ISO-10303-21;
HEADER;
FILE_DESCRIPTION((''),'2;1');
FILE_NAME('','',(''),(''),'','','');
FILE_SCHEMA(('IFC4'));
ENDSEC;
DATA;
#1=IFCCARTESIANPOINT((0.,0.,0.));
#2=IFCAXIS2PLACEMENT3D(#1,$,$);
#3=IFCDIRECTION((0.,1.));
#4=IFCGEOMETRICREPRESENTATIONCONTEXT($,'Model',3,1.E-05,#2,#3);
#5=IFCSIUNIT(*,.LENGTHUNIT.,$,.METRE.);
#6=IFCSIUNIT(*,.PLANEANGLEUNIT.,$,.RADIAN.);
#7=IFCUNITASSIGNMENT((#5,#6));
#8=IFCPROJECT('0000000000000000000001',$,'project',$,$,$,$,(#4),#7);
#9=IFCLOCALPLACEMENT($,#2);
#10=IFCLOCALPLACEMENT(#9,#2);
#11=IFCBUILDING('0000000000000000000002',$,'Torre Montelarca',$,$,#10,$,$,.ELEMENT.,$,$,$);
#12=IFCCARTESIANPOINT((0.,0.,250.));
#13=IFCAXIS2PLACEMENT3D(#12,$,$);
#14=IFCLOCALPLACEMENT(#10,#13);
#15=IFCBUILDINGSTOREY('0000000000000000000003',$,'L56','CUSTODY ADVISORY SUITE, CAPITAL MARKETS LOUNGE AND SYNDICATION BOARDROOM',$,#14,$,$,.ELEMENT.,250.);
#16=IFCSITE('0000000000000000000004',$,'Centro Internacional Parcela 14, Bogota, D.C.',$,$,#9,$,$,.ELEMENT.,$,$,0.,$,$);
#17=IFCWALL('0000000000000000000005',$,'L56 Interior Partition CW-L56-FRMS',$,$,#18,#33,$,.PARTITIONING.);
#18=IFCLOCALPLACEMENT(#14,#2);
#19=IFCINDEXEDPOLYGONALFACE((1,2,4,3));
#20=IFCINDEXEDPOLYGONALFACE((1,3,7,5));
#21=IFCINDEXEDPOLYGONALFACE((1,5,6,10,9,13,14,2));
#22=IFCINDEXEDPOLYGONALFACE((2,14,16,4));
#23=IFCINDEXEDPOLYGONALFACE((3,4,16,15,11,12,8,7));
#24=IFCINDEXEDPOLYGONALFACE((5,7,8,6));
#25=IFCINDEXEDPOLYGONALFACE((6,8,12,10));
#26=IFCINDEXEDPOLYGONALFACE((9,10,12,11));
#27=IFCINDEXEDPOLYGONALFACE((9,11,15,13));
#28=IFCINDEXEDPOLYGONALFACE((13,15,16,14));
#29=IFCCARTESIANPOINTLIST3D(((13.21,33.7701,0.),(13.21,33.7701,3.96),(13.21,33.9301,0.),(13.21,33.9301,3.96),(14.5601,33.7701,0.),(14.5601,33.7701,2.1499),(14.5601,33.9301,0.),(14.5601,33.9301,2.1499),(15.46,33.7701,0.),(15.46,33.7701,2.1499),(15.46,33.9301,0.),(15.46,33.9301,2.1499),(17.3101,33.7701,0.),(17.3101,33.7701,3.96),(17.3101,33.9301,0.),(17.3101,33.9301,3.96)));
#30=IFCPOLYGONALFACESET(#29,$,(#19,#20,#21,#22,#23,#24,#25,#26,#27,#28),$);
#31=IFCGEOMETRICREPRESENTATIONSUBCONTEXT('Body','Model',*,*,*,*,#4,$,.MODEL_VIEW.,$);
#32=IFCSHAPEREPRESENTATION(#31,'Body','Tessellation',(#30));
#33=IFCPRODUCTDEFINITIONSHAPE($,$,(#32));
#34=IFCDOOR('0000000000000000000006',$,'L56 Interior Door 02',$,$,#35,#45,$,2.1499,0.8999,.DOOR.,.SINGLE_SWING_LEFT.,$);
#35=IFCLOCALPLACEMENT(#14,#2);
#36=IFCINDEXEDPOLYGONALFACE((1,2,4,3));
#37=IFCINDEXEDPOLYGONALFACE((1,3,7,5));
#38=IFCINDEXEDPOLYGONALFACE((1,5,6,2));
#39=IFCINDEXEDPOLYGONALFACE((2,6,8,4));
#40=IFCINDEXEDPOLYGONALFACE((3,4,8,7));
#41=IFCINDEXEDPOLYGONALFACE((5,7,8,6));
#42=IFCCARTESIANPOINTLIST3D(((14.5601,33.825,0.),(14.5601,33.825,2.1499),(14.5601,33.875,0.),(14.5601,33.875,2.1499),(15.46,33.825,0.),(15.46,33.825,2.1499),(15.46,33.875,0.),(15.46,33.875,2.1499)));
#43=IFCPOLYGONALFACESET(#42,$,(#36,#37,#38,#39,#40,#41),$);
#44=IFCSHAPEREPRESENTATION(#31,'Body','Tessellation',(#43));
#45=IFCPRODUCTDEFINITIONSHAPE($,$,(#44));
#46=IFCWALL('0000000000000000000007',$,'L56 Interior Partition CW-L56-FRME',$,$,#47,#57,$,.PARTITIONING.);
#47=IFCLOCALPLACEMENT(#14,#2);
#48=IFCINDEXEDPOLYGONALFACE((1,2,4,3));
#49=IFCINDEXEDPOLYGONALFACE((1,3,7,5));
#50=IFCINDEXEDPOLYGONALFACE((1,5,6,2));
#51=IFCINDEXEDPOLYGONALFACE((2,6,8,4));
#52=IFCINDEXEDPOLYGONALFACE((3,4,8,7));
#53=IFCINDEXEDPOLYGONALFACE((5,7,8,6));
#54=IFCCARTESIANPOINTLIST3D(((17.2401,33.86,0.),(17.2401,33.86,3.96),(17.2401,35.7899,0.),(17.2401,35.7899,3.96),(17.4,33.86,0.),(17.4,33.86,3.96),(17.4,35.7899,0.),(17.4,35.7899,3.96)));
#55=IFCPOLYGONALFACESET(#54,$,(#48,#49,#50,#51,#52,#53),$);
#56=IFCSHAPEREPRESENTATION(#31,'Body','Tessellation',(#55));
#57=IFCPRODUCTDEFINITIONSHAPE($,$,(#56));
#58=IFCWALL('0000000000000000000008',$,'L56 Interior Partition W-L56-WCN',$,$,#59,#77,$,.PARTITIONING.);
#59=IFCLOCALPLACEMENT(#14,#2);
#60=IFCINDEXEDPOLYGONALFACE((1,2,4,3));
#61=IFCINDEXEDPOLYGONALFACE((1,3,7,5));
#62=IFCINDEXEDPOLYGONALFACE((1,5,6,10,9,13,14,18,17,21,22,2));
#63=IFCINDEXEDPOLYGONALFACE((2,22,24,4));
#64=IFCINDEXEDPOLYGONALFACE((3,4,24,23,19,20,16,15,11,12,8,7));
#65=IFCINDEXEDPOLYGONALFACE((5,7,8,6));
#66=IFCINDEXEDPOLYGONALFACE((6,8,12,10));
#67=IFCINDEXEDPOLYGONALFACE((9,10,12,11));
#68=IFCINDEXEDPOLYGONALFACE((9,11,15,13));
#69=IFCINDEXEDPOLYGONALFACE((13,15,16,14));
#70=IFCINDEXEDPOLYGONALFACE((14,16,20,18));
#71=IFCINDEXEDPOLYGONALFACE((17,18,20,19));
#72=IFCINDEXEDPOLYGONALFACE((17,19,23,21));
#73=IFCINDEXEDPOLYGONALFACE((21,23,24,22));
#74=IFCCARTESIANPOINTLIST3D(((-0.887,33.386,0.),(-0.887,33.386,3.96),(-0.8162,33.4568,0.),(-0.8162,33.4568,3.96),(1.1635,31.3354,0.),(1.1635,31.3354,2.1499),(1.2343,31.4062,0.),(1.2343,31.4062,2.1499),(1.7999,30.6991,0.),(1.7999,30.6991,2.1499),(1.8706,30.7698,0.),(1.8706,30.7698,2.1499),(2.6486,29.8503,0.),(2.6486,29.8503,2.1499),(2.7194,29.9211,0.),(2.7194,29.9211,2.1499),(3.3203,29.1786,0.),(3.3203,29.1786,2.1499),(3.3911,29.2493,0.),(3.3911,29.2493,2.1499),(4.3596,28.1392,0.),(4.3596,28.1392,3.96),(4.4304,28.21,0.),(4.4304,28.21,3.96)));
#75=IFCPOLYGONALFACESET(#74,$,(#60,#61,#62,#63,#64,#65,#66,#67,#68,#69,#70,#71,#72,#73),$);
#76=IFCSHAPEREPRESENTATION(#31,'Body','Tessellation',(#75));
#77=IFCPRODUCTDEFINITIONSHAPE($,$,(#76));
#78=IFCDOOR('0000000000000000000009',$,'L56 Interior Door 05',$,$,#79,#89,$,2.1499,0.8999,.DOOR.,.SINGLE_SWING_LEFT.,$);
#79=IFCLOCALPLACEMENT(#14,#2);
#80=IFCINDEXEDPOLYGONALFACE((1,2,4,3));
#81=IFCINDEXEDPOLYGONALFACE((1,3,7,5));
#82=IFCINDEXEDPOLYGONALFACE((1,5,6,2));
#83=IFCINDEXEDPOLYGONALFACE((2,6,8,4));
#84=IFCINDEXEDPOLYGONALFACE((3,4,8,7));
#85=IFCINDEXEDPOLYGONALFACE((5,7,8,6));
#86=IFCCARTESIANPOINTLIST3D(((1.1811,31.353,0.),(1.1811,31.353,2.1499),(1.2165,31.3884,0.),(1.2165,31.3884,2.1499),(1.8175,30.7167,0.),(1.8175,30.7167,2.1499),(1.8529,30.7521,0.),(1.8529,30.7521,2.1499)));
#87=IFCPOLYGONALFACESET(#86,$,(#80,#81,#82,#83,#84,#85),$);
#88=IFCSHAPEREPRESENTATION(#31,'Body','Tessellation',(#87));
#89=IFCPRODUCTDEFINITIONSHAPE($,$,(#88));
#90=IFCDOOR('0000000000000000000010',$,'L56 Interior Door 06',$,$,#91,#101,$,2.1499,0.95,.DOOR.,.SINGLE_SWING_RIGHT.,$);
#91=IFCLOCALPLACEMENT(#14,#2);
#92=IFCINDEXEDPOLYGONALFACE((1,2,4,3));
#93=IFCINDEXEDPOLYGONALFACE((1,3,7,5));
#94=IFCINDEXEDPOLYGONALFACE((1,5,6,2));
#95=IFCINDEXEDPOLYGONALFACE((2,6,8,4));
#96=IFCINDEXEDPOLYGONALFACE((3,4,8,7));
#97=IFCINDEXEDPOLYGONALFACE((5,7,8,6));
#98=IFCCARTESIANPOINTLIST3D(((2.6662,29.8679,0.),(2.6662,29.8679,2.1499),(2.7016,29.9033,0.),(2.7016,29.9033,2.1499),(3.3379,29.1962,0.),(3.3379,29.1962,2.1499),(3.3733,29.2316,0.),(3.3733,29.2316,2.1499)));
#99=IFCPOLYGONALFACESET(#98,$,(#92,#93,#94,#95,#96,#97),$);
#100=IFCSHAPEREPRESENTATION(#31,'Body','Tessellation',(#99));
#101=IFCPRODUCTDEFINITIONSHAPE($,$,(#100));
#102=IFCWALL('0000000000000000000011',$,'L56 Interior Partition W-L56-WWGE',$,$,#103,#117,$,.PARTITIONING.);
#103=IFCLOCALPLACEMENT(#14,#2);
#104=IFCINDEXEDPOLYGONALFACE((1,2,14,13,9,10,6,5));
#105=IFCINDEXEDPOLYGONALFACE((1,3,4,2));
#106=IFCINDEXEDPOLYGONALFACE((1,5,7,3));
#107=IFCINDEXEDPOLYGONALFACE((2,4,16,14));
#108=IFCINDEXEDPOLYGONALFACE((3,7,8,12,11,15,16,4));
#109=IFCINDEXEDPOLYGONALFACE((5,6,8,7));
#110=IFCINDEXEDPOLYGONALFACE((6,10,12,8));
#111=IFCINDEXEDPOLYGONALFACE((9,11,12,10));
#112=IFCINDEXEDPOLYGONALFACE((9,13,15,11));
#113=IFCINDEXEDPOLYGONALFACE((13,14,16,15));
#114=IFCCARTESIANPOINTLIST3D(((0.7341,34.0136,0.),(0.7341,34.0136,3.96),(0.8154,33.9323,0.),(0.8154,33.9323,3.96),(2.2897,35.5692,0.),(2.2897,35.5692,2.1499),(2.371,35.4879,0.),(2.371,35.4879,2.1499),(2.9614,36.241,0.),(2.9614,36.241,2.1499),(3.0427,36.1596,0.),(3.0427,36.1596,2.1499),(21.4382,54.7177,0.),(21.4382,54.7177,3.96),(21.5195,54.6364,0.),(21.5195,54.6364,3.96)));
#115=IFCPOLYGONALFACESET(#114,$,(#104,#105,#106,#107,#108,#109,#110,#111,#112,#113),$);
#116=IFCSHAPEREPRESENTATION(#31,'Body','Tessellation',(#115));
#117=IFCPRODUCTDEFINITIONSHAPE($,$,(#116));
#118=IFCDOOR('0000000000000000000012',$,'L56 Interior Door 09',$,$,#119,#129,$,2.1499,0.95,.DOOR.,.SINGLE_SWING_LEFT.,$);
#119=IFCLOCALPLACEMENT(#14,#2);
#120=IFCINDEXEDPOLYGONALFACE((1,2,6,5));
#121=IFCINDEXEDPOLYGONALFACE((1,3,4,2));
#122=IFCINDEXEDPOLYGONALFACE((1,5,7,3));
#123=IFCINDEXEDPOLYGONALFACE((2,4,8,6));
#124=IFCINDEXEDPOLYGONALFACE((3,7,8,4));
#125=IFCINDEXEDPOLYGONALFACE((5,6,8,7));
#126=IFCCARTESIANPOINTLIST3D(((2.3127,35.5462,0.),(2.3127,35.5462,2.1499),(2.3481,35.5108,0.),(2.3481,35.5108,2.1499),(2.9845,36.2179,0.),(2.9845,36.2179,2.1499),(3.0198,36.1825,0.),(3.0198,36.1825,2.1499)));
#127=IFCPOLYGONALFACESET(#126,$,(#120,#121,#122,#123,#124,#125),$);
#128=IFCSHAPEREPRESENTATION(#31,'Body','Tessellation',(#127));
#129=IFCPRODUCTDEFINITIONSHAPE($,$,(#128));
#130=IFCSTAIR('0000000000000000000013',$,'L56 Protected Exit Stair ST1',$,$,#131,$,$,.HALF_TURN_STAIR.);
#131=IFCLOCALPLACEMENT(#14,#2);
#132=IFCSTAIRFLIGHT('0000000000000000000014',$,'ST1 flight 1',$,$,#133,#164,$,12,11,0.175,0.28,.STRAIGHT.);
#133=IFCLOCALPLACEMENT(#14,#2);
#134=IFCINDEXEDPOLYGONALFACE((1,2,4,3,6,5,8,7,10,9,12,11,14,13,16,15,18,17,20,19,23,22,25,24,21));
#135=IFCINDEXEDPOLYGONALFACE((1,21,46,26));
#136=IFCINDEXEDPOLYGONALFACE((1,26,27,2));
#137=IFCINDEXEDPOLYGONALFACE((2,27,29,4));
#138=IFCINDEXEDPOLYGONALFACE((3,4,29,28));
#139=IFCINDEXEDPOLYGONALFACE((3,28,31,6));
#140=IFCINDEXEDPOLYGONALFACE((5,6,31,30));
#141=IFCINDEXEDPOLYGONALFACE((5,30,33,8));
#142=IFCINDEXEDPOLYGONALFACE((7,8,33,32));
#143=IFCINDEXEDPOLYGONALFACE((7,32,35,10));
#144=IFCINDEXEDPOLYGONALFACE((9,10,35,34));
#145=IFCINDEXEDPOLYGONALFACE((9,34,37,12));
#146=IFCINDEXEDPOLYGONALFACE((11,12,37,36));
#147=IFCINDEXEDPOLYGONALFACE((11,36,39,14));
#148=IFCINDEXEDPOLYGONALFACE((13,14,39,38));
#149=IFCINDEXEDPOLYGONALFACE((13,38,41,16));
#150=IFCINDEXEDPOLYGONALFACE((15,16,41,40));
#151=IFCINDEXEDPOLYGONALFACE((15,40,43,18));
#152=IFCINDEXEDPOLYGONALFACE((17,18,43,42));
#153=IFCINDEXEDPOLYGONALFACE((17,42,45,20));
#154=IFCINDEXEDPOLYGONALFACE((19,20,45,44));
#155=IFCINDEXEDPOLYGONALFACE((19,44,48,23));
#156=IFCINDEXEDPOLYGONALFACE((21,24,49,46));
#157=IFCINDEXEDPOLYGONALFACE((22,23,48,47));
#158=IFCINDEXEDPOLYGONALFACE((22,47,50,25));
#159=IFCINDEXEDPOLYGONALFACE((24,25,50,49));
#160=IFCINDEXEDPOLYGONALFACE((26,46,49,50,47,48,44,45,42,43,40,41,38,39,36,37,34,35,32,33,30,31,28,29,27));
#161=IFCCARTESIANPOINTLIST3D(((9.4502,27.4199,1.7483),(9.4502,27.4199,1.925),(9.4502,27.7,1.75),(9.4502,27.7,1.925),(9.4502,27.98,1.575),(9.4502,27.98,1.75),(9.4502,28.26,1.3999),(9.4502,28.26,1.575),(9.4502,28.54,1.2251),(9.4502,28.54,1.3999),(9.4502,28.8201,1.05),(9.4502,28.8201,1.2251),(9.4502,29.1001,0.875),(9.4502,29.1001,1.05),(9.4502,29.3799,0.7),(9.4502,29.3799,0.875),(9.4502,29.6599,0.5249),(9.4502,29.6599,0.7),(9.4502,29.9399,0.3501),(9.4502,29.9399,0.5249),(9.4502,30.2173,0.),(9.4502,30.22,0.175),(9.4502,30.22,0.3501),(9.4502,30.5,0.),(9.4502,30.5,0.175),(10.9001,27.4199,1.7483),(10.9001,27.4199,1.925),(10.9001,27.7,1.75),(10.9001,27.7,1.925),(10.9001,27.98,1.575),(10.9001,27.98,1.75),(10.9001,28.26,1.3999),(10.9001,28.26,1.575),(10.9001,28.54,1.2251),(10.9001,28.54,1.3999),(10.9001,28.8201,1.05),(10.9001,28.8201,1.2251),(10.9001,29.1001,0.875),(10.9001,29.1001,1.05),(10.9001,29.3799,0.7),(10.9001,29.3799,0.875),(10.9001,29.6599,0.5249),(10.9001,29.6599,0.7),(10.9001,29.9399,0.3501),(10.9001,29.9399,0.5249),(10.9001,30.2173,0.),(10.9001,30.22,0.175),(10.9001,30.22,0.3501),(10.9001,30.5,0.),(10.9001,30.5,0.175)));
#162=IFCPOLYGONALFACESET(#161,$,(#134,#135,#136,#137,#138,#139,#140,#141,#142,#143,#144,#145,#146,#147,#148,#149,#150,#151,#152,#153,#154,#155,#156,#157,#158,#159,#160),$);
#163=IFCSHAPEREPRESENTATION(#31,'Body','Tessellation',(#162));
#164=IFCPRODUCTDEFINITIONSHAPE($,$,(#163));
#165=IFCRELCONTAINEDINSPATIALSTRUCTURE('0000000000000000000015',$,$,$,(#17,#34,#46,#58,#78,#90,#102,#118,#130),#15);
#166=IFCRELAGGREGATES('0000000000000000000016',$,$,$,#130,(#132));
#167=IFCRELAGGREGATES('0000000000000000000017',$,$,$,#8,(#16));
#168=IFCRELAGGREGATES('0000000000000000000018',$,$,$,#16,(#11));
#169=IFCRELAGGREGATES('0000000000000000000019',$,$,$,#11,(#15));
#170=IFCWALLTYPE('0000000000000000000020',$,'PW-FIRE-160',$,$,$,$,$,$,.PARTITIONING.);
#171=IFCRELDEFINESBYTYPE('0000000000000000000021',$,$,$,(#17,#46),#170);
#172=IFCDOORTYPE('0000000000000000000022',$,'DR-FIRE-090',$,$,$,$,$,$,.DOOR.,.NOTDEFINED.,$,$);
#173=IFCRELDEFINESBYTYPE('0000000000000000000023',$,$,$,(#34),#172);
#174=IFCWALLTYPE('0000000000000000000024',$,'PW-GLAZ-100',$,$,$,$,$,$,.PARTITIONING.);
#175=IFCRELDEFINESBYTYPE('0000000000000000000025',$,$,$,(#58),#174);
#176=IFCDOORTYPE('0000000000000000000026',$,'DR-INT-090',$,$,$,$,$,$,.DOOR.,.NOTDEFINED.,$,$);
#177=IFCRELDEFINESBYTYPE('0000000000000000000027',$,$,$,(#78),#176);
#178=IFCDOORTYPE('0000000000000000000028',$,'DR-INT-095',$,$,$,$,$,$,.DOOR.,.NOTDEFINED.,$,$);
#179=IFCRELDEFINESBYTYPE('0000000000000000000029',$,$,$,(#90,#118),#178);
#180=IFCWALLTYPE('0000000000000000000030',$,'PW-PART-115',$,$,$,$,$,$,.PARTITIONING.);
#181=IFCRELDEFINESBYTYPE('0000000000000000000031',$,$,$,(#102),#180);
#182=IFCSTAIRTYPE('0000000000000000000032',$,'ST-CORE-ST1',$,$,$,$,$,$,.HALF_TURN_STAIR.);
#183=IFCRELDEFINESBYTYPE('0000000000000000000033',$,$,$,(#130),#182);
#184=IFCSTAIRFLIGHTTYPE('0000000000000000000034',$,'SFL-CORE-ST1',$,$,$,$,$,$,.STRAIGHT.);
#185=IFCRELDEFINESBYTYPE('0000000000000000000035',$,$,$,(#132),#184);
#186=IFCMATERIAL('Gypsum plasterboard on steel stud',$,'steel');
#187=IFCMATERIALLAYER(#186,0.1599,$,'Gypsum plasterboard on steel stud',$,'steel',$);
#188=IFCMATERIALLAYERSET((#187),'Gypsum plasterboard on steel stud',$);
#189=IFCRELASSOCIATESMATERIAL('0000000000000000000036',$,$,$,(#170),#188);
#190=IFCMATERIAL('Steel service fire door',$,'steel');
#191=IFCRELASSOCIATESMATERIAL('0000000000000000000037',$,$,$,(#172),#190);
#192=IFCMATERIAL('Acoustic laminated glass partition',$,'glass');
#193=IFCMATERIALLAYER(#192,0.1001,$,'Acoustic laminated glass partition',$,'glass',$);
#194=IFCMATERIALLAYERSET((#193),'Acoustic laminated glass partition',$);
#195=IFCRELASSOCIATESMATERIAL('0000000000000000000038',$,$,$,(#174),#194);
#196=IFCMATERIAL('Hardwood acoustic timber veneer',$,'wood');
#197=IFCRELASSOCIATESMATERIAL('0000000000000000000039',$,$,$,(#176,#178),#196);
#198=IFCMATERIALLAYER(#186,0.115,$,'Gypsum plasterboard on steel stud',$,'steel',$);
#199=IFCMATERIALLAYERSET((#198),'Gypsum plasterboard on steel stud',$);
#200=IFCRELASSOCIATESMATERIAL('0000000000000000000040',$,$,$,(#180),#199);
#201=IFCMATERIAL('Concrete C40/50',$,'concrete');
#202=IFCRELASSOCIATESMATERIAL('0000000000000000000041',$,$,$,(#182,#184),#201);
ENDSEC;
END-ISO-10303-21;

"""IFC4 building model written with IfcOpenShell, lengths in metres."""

from ifc_helpers import new_model, si_unit, direction, frame, frame_2d, origin, place, context, subcontext, project, spatial, polyline, rectangle, outline, extrude, source, transform, mapped, material, layer, layer_set, type_object, element, fill, aggregate, save


model = new_model("IFC4")

# Units and contexts
model_context = context("Model", 3, precision=1e-05, world=origin(), true_north=direction((0.0, 1.0)))
body_context = subcontext(model_context, "Body", "Model", "MODEL_VIEW")
ifc_project = project(units=[si_unit("LENGTHUNIT", "METRE"), si_unit("PLANEANGLEUNIT", "RADIAN")], contexts=[model_context])

# Site, building, storey
site_placement = place(None, origin())
site = spatial("IfcSite", under=ifc_project, at=site_placement, Name="Centro Internacional Parcela 14, Bogota, D.C.", CompositionType="ELEMENT", RefElevation=0.0)
building_placement = place(site_placement, origin())
building = spatial("IfcBuilding", under=site, at=building_placement, Name="Torre Montelarca", CompositionType="ELEMENT")
storey_placement = place(building_placement, frame((0.0, 0.0, 250.0)))
storey = spatial("IfcBuildingStorey", under=building, at=storey_placement, Name="L56", Description="CUSTODY ADVISORY SUITE, CAPITAL MARKETS LOUNGE AND SYNDICATION BOARDROOM", CompositionType="ELEMENT", Elevation=250.0)

# Shared definitions
ifc_material_1 = material(Name="Concrete C40/50", Category="concrete")

# Shared definitions
ifc_material_2 = material(Name="Gypsum plasterboard on steel stud", Category="steel")
ifc_layer_1 = layer(ifc_material_2, 0.1599, Name="Gypsum plasterboard on steel stud", Category="steel")
ifc_layer_set_1 = layer_set([ifc_layer_1], Name="Gypsum plasterboard on steel stud")
wall_type_1 = type_object("IfcWallType", Name="PW-FIRE-160", PredefinedType="PARTITIONING", material=ifc_layer_set_1)
ifc_material_3 = material(Name="Steel service fire door", Category="steel")
door_type_1 = type_object("IfcDoorType", Name="DR-FIRE-090", OperationType="NOTDEFINED", PredefinedType="DOOR", material=ifc_material_3)
shared_shape_1 = source(origin(), body_context, "Body", "SweptSolid", [
    extrude(rectangle(XDim=0.8999, YDim=2.1499, at=frame_2d((0.45, 1.075))), frame((0.0, 0.0249, 0.0), z_axis=(0.0, -1.0, 0.0), x_axis=(1.0, 0.0, 0.0)), (0.0, 0.0, 1.0), 0.05),
])

# Wall, opening, door
wall_1_placement = place(storey_placement, frame((13.21, 33.8501, 0.0), z_axis=(0.0, 0.0, 1.0), x_axis=(1.0, 0.0, 0.0)))
wall_1 = element("IfcWall", 1, at=wall_1_placement, inside=storey, type_object=wall_type_1, Name="L56 Interior Partition CW-L56-FRMS", PredefinedType="PARTITIONING", context=body_context, shape_type="SweptSolid", body=[
    extrude(rectangle(XDim=4.1001, YDim=0.1599, at=frame_2d((2.05, 0.0))), origin(), (0.0, 0.0, 1.0), 3.96),
])
opening_1_placement = place(wall_1_placement, frame((1.3501, 0.0, 0.0)))
opening_1 = element("IfcOpeningElement", 2, at=opening_1_placement, cuts=wall_1, PredefinedType="OPENING", context=body_context, shape_type="SweptSolid", body=[
    extrude(rectangle(XDim=0.8999, YDim=2.1499, at=frame_2d((0.45, 1.075))), frame((0.0, 0.0898, 0.0), z_axis=(0.0, -1.0, 0.0), x_axis=(1.0, 0.0, 0.0)), (0.0, 0.0, 1.0), 0.1799),
])
door_1_placement = place(opening_1_placement, origin())
door_1 = element("IfcDoor", 3, at=door_1_placement, inside=storey, type_object=door_type_1, Name="L56 Interior Door 02", OperationType="SINGLE_SWING_LEFT", OverallHeight=2.1499, OverallWidth=0.8999, PredefinedType="DOOR", context=body_context, shape_type="MappedRepresentation", body=[
    mapped(shared_shape_1, transform((0.0, 0.0, 0.0), scale=1.0)),
])
fill(opening_1, door_1)

# Wall
wall_2_placement = place(storey_placement, frame((17.3201, 33.8601, 0.0), z_axis=(0.0, 0.0, 1.0), x_axis=(0.0, 1.0, 0.0)))
element("IfcWall", 4, at=wall_2_placement, inside=storey, type_object=wall_type_1, Name="L56 Interior Partition CW-L56-FRME", PredefinedType="PARTITIONING", context=body_context, shape_type="SweptSolid", body=[
    extrude(rectangle(XDim=1.9299, YDim=0.1599, at=frame_2d((0.9648, 0.0))), origin(), (0.0, 0.0, 1.0), 3.96),
])

# Wall, openings, doors
ifc_material_4 = material(Name="Acoustic laminated glass partition", Category="glass")
ifc_layer_2 = layer(ifc_material_4, 0.1001, Name="Acoustic laminated glass partition", Category="glass")
ifc_layer_set_2 = layer_set([ifc_layer_2], Name="Acoustic laminated glass partition")
wall_type_2 = type_object("IfcWallType", Name="PW-GLAZ-100", PredefinedType="PARTITIONING", material=ifc_layer_set_2)
wall_3_placement = place(storey_placement, frame((-0.8516, 33.4214, 0.0), z_axis=(0.0, 0.0, 1.0), x_axis=(0.70709, -0.707123, 0.0)))
wall_3 = element("IfcWall", 5, at=wall_3_placement, inside=storey, type_object=wall_type_2, Name="L56 Interior Partition W-L56-WCN", PredefinedType="PARTITIONING", context=body_context, shape_type="SweptSolid", body=[
    extrude(rectangle(XDim=7.4199, YDim=0.1001, at=frame_2d((3.71, 0.0))), origin(), (0.0, 0.0, 1.0), 3.96),
])
opening_2_placement = place(wall_3_placement, frame((2.8999, 0.0, 0.0)))
opening_2 = element("IfcOpeningElement", 6, at=opening_2_placement, cuts=wall_3, PredefinedType="OPENING", context=body_context, shape_type="SweptSolid", body=[
    extrude(rectangle(XDim=0.8999, YDim=2.1499, at=frame_2d((0.45, 1.075))), frame((0.0, 0.0601, 0.0), z_axis=(0.0, -1.0, 0.0), x_axis=(1.0, 0.0, 0.0)), (0.0, 0.0, 1.0), 0.1201),
])
opening_3_placement = place(wall_3_placement, frame((5.0, 0.0, 0.0)))
opening_3 = element("IfcOpeningElement", 7, at=opening_3_placement, cuts=wall_3, PredefinedType="OPENING", context=body_context, shape_type="SweptSolid", body=[
    extrude(rectangle(XDim=0.95, YDim=2.1499, at=frame_2d((0.4751, 1.075))), frame((0.0, 0.0601, 0.0), z_axis=(0.0, -1.0, 0.0), x_axis=(1.0, 0.0, 0.0)), (0.0, 0.0, 1.0), 0.1201),
])
ifc_material_5 = material(Name="Hardwood acoustic timber veneer", Category="wood")
door_type_2 = type_object("IfcDoorType", Name="DR-INT-090", OperationType="NOTDEFINED", PredefinedType="DOOR", material=ifc_material_5)
shared_shape_2 = source(origin(), body_context, "Body", "SweptSolid", [
    extrude(rectangle(XDim=0.8999, YDim=2.1499, at=frame_2d((0.45, 1.075))), frame((0.0, 0.0249, 0.0), z_axis=(0.0, -1.0, 0.0), x_axis=(1.0, 0.0, 0.0)), (0.0, 0.0, 1.0), 0.05),
])
door_2_placement = place(opening_2_placement, origin())
door_2 = element("IfcDoor", 8, at=door_2_placement, inside=storey, type_object=door_type_2, Name="L56 Interior Door 05", OperationType="SINGLE_SWING_LEFT", OverallHeight=2.1499, OverallWidth=0.8999, PredefinedType="DOOR", context=body_context, shape_type="MappedRepresentation", body=[
    mapped(shared_shape_2, transform((0.0, 0.0, 0.0), scale=1.0)),
])
fill(opening_2, door_2)
door_type_3 = type_object("IfcDoorType", Name="DR-INT-095", OperationType="NOTDEFINED", PredefinedType="DOOR", material=ifc_material_5)
shared_shape_3 = source(origin(), body_context, "Body", "SweptSolid", [
    extrude(rectangle(XDim=0.95, YDim=2.1499, at=frame_2d((0.4751, 1.075))), frame((0.0, 0.0249, 0.0), z_axis=(0.0, -1.0, 0.0), x_axis=(1.0, 0.0, 0.0)), (0.0, 0.0, 1.0), 0.05),
])
door_3_placement = place(opening_3_placement, origin())
door_3 = element("IfcDoor", 9, at=door_3_placement, inside=storey, type_object=door_type_3, Name="L56 Interior Door 06", OperationType="SINGLE_SWING_RIGHT", OverallHeight=2.1499, OverallWidth=0.95, PredefinedType="DOOR", context=body_context, shape_type="MappedRepresentation", body=[
    mapped(shared_shape_3, transform((0.0, 0.0, 0.0), scale=1.0)),
])
fill(opening_3, door_3)

# Wall, opening, door
ifc_layer_3 = layer(ifc_material_2, 0.115, Name="Gypsum plasterboard on steel stud", Category="steel")
ifc_layer_set_3 = layer_set([ifc_layer_3], Name="Gypsum plasterboard on steel stud")
wall_type_3 = type_object("IfcWallType", Name="PW-PART-115", PredefinedType="PARTITIONING", material=ifc_layer_set_3)
wall_4_placement = place(storey_placement, frame((0.7747, 33.9729, 0.0), z_axis=(0.0, 0.0, 1.0), x_axis=(0.707107, 0.707107, 0.0)))
wall_4 = element("IfcWall", 10, at=wall_4_placement, inside=storey, type_object=wall_type_3, Name="L56 Interior Partition W-L56-WWGE", PredefinedType="PARTITIONING", context=body_context, shape_type="SweptSolid", body=[
    extrude(rectangle(XDim=29.28, YDim=0.115, at=frame_2d((14.6401, 0.0))), origin(), (0.0, 0.0, 1.0), 3.96),
])
opening_4_placement = place(wall_4_placement, frame((2.2, 0.0, 0.0)))
opening_4 = element("IfcOpeningElement", 11, at=opening_4_placement, cuts=wall_4, PredefinedType="OPENING", context=body_context, shape_type="SweptSolid", body=[
    extrude(rectangle(XDim=0.95, YDim=2.1499, at=frame_2d((0.4751, 1.075))), frame((0.0, 0.0674, 0.0), z_axis=(0.0, -1.0, 0.0), x_axis=(1.0, 0.0, 0.0)), (0.0, 0.0, 1.0), 0.135),
])
door_4_placement = place(opening_4_placement, origin())
door_4 = element("IfcDoor", 12, at=door_4_placement, inside=storey, type_object=door_type_3, Name="L56 Interior Door 09", OperationType="SINGLE_SWING_LEFT", OverallHeight=2.1499, OverallWidth=0.95, PredefinedType="DOOR", context=body_context, shape_type="MappedRepresentation", body=[
    mapped(shared_shape_3, transform((0.0, 0.0, 0.0), scale=1.0)),
])
fill(opening_4, door_4)

# Stair, stair flight
stair_type = type_object("IfcStairType", Name="ST-CORE-ST1", PredefinedType="HALF_TURN_STAIR", material=ifc_material_1)
stair_placement = place(storey_placement, origin())
stair = element("IfcStair", 13, at=stair_placement, inside=storey, type_object=stair_type, Name="L56 Protected Exit Stair ST1", PredefinedType="HALF_TURN_STAIR")
stair_flight_type = type_object("IfcStairFlightType", Name="SFL-CORE-ST1", PredefinedType="STRAIGHT", material=ifc_material_1)
stair_flight_placement = place(storey_placement, frame((10.175, 30.5, 0.0), z_axis=(0.0, 0.0, 1.0), x_axis=(0.0, -1.0, 0.0)))
stair_flight = element("IfcStairFlight", 14, at=stair_flight_placement, type_object=stair_flight_type, Name="ST1 flight 1", NumberOfRisers=12, NumberOfTreads=11, PredefinedType="STRAIGHT", RiserHeight=0.175, TreadLength=0.28, context=body_context, shape_type="SweptSolid", body=[
    extrude(outline(polyline([(0.0, 0.0), (0.0, 0.175), (0.28, 0.175), (0.28, 0.3501), (0.5601, 0.3501), (0.5601, 0.5249), (0.8401, 0.5249), (0.8401, 0.7), (1.1201, 0.7), (1.1201, 0.875), (1.3999, 0.875), (1.3999, 1.05), (1.6799, 1.05), (1.6799, 1.2251), (1.96, 1.2251), (1.96, 1.3999), (2.24, 1.3999), (2.24, 1.575), (2.52, 1.575), (2.52, 1.75), (2.8, 1.75), (2.8, 1.925), (3.0801, 1.925), (3.0801, 2.1001), (3.0801, 1.7483), (0.2827, 0.0), (0.0, 0.0)])), frame((0.0, 0.7251, 0.0), z_axis=(0.0, -1.0, 0.0), x_axis=(1.0, 0.0, 0.0)), (0.0, 0.0, 1.0), 1.45),
])
aggregate(stair, [stair_flight])

save(model, "model.ifc")
